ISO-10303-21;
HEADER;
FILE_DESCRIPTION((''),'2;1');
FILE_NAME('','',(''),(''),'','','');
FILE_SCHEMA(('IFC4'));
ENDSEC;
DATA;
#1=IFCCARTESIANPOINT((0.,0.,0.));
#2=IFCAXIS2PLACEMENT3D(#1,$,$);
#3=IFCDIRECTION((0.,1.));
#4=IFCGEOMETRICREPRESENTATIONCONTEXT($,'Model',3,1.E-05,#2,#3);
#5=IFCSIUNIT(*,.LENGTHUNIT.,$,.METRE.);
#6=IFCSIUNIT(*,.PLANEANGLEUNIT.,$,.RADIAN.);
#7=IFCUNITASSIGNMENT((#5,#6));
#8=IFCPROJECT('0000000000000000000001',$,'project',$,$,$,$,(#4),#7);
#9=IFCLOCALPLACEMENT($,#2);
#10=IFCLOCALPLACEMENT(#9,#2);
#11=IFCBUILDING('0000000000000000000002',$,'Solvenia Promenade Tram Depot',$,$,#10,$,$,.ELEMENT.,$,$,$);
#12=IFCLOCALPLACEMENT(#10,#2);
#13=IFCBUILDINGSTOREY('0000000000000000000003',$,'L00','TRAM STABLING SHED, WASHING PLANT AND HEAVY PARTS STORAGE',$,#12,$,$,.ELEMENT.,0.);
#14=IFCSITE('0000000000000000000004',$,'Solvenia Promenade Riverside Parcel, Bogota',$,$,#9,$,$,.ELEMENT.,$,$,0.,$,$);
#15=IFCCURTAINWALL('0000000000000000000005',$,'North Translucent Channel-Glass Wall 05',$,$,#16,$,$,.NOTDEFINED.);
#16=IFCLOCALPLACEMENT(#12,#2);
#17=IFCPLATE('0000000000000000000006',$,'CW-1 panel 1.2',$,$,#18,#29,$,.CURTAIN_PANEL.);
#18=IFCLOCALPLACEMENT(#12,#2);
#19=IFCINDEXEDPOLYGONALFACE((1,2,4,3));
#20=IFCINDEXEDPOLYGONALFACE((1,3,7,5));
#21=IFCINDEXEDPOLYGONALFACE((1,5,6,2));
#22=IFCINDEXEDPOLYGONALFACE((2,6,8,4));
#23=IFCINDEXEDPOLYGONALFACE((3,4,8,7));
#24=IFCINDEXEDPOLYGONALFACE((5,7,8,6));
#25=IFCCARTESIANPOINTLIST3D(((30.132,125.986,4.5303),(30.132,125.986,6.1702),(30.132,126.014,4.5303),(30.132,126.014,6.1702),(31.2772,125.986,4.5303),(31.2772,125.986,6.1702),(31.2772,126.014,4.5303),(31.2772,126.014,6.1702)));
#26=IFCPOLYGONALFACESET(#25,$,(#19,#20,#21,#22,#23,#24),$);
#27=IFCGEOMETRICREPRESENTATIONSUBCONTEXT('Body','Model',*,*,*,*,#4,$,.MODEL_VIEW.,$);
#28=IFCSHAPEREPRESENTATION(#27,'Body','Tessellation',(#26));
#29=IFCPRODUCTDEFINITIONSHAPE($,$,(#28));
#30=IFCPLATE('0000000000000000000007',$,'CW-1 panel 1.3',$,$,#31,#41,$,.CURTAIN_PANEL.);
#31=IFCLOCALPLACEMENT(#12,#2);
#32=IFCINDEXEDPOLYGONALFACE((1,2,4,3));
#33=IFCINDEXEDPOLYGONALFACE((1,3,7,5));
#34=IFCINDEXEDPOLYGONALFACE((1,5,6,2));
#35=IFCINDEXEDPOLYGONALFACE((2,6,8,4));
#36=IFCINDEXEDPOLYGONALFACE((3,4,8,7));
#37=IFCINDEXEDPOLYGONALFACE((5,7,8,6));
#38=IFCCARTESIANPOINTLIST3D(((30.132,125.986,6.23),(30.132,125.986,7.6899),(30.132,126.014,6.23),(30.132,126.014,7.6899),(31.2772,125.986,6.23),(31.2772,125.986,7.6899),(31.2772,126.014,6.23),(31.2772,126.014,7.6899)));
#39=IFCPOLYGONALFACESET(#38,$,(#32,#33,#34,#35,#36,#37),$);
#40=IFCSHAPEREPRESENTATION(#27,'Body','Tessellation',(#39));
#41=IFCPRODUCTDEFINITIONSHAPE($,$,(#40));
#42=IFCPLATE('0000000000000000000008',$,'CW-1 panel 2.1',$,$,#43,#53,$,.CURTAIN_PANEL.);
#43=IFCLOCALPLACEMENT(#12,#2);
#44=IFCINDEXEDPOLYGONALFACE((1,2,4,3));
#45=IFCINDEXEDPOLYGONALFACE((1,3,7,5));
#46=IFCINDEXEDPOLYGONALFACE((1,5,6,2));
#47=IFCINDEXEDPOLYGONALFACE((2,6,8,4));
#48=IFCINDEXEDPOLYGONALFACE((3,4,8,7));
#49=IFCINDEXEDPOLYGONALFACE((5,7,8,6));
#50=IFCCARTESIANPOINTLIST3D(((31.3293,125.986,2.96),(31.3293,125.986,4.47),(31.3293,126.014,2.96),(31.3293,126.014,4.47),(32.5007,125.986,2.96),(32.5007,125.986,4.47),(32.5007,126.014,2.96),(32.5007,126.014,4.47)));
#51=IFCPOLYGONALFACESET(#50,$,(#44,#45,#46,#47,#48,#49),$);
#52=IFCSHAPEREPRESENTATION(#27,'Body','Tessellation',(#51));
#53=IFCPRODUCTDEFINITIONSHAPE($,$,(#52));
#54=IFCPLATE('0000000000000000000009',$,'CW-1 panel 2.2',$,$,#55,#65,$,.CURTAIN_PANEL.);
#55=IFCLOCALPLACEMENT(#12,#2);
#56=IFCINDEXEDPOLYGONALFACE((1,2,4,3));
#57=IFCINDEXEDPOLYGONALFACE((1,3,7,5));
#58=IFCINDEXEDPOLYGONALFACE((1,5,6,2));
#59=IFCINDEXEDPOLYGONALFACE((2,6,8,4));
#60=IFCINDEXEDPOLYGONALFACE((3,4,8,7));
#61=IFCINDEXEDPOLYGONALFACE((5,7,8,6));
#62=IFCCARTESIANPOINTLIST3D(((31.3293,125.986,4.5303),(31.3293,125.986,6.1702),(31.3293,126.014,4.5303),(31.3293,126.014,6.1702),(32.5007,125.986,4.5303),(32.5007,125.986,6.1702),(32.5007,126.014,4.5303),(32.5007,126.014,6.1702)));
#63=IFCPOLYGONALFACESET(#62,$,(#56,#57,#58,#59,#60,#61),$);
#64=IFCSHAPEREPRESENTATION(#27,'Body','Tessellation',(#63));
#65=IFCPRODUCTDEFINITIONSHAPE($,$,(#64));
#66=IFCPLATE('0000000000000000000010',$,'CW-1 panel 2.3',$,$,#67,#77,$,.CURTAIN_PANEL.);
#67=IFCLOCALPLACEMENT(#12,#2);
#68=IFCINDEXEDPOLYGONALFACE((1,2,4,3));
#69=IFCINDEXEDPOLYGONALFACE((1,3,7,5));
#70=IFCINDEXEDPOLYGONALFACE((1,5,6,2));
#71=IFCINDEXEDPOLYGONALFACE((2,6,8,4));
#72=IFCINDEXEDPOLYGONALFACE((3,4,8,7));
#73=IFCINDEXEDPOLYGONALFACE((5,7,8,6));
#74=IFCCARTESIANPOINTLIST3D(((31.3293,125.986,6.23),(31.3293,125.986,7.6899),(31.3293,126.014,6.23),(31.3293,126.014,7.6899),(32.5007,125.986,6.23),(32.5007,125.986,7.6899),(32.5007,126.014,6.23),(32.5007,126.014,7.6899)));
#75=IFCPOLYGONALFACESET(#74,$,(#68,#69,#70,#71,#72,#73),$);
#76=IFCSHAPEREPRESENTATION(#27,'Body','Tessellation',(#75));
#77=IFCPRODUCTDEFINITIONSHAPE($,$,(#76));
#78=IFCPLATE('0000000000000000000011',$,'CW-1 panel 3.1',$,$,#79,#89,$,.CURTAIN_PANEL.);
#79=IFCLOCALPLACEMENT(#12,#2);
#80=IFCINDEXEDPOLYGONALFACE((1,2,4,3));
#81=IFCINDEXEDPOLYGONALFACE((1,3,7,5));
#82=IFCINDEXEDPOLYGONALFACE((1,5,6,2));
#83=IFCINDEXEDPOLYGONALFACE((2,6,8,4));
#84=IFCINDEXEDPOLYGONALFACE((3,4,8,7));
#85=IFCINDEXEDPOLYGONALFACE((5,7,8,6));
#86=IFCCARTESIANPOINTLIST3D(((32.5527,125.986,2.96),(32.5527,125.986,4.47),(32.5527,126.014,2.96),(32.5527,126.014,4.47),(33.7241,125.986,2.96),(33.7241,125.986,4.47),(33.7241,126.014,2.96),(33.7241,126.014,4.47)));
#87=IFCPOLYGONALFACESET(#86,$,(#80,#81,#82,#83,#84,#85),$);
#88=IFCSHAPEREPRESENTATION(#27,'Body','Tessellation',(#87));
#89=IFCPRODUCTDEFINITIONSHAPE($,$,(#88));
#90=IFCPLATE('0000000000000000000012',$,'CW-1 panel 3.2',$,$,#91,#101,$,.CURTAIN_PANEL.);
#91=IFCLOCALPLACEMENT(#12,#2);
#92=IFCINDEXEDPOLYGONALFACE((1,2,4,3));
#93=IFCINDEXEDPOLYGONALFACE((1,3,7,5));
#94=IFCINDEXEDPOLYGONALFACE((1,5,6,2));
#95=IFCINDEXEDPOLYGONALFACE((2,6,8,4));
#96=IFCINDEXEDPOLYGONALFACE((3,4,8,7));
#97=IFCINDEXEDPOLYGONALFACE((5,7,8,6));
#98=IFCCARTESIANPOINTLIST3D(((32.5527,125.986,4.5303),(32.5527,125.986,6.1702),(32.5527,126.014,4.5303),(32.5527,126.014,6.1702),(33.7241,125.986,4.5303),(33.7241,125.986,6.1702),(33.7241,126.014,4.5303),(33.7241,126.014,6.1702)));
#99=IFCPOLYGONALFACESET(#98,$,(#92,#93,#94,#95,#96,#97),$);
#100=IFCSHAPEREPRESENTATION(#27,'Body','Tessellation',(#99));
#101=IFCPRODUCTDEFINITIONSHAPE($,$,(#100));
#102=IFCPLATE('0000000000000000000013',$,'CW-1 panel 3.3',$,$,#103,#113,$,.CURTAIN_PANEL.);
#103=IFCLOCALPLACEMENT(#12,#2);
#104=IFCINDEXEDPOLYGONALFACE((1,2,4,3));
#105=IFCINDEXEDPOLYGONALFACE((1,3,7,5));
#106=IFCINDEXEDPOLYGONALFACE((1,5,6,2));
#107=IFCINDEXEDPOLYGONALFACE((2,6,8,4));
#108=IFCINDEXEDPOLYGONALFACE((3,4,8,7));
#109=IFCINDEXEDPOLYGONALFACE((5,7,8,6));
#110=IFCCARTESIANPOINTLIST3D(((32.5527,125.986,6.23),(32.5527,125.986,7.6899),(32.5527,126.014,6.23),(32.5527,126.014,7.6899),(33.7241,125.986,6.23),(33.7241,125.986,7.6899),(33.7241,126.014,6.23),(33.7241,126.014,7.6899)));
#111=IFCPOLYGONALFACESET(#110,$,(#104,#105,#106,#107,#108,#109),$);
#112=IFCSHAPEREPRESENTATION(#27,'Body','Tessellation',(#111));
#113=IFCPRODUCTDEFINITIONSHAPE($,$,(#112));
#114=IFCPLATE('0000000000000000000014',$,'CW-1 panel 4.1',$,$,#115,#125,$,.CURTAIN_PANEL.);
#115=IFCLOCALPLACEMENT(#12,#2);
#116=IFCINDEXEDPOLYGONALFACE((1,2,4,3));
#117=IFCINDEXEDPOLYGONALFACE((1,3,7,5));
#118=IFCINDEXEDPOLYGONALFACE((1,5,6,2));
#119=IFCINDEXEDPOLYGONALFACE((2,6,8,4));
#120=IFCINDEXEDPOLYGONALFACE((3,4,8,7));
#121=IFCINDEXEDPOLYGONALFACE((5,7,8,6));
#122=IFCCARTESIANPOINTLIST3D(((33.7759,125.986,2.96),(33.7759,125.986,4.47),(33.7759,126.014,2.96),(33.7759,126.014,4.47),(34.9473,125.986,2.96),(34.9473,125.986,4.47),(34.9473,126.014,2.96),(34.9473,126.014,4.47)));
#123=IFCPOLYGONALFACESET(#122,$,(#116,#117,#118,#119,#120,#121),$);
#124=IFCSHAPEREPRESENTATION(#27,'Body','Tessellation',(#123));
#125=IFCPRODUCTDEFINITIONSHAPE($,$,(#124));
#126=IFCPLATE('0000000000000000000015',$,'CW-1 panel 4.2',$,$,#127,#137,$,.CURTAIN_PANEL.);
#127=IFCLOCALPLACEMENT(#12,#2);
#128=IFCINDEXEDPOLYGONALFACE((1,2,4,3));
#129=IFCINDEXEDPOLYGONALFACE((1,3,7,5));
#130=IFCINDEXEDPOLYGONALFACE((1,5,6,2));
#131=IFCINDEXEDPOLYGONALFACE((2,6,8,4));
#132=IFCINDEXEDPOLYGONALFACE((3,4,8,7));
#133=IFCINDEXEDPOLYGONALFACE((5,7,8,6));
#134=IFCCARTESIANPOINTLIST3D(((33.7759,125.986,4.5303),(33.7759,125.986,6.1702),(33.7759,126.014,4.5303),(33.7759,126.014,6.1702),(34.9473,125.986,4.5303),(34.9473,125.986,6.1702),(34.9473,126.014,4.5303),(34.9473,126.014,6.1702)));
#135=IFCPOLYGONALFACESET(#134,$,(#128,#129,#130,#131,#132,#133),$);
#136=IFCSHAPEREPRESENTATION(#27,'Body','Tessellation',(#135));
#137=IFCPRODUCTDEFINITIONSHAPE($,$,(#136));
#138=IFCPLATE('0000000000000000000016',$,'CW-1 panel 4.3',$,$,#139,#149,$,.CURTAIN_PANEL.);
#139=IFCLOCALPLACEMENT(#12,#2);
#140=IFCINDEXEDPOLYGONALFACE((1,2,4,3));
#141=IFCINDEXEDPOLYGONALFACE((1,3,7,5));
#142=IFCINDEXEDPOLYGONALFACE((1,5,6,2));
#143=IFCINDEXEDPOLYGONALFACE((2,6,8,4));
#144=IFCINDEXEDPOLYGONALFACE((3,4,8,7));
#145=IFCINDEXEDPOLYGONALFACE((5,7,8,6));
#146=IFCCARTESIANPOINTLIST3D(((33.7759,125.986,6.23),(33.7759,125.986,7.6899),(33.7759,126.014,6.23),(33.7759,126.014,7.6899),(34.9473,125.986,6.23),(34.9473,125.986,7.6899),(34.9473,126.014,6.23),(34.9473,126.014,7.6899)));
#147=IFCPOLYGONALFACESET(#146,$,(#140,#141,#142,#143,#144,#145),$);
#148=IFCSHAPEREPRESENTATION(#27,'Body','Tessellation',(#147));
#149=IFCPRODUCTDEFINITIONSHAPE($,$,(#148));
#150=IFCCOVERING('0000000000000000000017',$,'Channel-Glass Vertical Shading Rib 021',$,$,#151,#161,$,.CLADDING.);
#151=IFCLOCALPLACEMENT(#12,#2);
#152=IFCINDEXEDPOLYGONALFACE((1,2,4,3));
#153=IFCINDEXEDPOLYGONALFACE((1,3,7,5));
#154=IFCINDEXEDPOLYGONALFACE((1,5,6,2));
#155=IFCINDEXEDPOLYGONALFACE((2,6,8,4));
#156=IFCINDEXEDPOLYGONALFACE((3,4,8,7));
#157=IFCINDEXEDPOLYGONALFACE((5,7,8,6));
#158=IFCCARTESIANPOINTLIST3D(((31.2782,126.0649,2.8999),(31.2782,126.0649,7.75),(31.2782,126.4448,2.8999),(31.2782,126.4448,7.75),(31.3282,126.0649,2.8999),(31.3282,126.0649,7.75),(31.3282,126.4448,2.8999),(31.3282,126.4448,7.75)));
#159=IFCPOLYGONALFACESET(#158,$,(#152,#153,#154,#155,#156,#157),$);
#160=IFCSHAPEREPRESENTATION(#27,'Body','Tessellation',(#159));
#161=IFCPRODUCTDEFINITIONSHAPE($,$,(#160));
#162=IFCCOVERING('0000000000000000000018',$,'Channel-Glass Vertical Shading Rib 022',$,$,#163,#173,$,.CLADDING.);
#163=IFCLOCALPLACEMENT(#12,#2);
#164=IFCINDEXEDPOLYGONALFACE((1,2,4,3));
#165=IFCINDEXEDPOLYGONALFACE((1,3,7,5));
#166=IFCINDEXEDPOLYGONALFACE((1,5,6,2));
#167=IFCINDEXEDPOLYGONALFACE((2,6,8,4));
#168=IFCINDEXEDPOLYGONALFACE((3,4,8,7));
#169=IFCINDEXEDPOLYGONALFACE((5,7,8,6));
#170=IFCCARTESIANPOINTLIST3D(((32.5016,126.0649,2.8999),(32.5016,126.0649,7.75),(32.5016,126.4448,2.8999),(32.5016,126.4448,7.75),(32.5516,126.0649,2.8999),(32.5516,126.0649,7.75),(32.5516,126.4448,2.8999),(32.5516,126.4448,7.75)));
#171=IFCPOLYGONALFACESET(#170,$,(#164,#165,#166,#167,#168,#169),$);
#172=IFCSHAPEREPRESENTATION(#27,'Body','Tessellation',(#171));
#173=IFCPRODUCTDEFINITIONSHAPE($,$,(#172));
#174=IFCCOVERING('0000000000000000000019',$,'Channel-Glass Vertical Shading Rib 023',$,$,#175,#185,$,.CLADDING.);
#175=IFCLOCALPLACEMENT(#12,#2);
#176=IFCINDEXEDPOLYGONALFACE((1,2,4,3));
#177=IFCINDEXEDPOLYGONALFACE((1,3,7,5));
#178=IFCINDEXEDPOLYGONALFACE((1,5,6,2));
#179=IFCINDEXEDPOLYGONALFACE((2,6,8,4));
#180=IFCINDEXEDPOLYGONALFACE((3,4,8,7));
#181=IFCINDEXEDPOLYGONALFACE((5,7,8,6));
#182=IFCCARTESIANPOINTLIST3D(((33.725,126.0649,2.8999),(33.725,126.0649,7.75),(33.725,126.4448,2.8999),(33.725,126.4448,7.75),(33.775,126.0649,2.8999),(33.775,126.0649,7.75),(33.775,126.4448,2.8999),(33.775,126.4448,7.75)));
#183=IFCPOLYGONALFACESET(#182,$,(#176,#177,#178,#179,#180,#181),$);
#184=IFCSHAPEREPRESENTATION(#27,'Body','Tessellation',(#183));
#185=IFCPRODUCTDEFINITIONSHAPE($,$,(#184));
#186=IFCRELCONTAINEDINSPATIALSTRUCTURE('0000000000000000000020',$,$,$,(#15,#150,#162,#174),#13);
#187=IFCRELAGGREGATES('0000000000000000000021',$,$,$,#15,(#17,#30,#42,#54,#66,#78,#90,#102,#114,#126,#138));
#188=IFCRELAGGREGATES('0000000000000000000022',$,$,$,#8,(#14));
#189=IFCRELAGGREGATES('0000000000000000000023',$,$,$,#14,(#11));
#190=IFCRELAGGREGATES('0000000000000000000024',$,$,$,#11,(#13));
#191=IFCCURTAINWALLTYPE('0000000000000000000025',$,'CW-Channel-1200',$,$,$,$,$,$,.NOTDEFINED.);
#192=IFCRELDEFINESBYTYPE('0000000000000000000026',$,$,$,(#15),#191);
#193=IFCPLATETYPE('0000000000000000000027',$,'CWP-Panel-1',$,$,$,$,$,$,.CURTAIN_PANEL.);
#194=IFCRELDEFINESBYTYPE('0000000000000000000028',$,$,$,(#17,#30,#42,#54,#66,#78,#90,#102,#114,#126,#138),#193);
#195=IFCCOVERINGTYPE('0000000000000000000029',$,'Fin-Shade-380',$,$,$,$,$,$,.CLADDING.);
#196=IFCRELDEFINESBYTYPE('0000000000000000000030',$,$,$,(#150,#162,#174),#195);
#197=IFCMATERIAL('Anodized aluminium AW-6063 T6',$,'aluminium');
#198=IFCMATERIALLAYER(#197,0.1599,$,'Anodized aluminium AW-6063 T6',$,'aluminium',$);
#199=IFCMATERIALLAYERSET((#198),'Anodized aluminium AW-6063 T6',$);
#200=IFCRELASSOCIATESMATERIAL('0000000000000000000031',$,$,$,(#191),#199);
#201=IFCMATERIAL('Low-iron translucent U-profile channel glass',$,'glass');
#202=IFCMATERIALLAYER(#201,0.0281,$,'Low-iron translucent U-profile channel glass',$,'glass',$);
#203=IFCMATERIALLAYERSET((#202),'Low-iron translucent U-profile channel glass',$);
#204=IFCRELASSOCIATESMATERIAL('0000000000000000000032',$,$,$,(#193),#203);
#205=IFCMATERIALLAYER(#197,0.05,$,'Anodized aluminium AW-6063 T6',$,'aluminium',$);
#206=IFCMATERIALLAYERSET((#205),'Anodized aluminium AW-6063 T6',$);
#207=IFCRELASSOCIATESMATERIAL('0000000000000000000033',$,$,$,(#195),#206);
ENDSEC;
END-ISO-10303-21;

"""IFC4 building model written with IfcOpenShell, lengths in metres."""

from ifc_helpers import new_model, si_unit, direction, frame, origin, origin_2d, place, context, subcontext, project, spatial, rectangle, extrude, material, layer, layer_set, type_object, element, aggregate, save


model = new_model("IFC4")

# Units and contexts
model_context = context("Model", 3, precision=1e-05, world=origin(), true_north=direction((0.0, 1.0)))
body_context = subcontext(model_context, "Body", "Model", "MODEL_VIEW")
ifc_project = project(units=[si_unit("LENGTHUNIT", "METRE"), si_unit("PLANEANGLEUNIT", "RADIAN")], contexts=[model_context])

# Site, building, storey
site_placement = place(None, origin())
site = spatial("IfcSite", under=ifc_project, at=site_placement, Name="Solvenia Promenade Riverside Parcel, Bogota", CompositionType="ELEMENT", RefElevation=0.0)
building_placement = place(site_placement, origin())
building = spatial("IfcBuilding", under=site, at=building_placement, Name="Solvenia Promenade Tram Depot", CompositionType="ELEMENT")
storey_placement = place(building_placement, origin())
storey = spatial("IfcBuildingStorey", under=building, at=storey_placement, Name="L00", Description="TRAM STABLING SHED, WASHING PLANT AND HEAVY PARTS STORAGE", CompositionType="ELEMENT", Elevation=0.0)

# Curtain wall, plates
ifc_material_1 = material(Name="Anodized aluminium AW-6063 T6", Category="aluminium")
ifc_layer_1 = layer(ifc_material_1, 0.1599, Name="Anodized aluminium AW-6063 T6", Category="aluminium")
ifc_layer_set_1 = layer_set([ifc_layer_1], Name="Anodized aluminium AW-6063 T6")
curtain_wall_type = type_object("IfcCurtainWallType", Name="CW-Channel-1200", PredefinedType="NOTDEFINED", material=ifc_layer_set_1)
curtain_wall_placement = place(storey_placement, origin())
curtain_wall = element("IfcCurtainWall", 1, at=curtain_wall_placement, inside=storey, type_object=curtain_wall_type, Name="North Translucent Channel-Glass Wall 05", PredefinedType="NOTDEFINED")
ifc_material_2 = material(Name="Low-iron translucent U-profile channel glass", Category="glass")
ifc_layer_2 = layer(ifc_material_2, 0.0281, Name="Low-iron translucent U-profile channel glass", Category="glass")
ifc_layer_set_2 = layer_set([ifc_layer_2], Name="Low-iron translucent U-profile channel glass")
plate_type = type_object("IfcPlateType", Name="CWP-Panel-1", PredefinedType="CURTAIN_PANEL", material=ifc_layer_set_2)
plate_1_placement = place(storey_placement, frame((30.7046, 126.0, 4.5303), z_axis=(0.0, 0.0, 1.0), x_axis=(1.0, 0.0, 0.0)))
plate_1 = element("IfcPlate", 2, at=plate_1_placement, type_object=plate_type, Name="CW-1 panel 1.2", PredefinedType="CURTAIN_PANEL", context=body_context, shape_type="SweptSolid", body=[
    extrude(rectangle(XDim=1.1453, YDim=0.0281, at=origin_2d()), origin(), (0.0, 0.0, 1.0), 1.6399),
])
plate_2_placement = place(storey_placement, frame((30.7046, 126.0, 6.23), z_axis=(0.0, 0.0, 1.0), x_axis=(1.0, 0.0, 0.0)))
plate_2 = element("IfcPlate", 3, at=plate_2_placement, type_object=plate_type, Name="CW-1 panel 1.3", PredefinedType="CURTAIN_PANEL", context=body_context, shape_type="SweptSolid", body=[
    extrude(rectangle(XDim=1.1453, YDim=0.0281, at=origin_2d()), origin(), (0.0, 0.0, 1.0), 1.46),
])
plate_3_placement = place(storey_placement, frame((31.915, 126.0, 2.96), z_axis=(0.0, 0.0, 1.0), x_axis=(1.0, 0.0, 0.0)))
plate_3 = element("IfcPlate", 4, at=plate_3_placement, type_object=plate_type, Name="CW-1 panel 2.1", PredefinedType="CURTAIN_PANEL", context=body_context, shape_type="SweptSolid", body=[
    extrude(rectangle(XDim=1.1714, YDim=0.0281, at=origin_2d()), origin(), (0.0, 0.0, 1.0), 1.51),
])
plate_4_placement = place(storey_placement, frame((31.915, 126.0, 4.5303), z_axis=(0.0, 0.0, 1.0), x_axis=(1.0, 0.0, 0.0)))
plate_4 = element("IfcPlate", 5, at=plate_4_placement, type_object=plate_type, Name="CW-1 panel 2.2", PredefinedType="CURTAIN_PANEL", context=body_context, shape_type="SweptSolid", body=[
    extrude(rectangle(XDim=1.1714, YDim=0.0281, at=origin_2d()), origin(), (0.0, 0.0, 1.0), 1.6399),
])
plate_5_placement = place(storey_placement, frame((31.915, 126.0, 6.23), z_axis=(0.0, 0.0, 1.0), x_axis=(1.0, 0.0, 0.0)))
plate_5 = element("IfcPlate", 6, at=plate_5_placement, type_object=plate_type, Name="CW-1 panel 2.3", PredefinedType="CURTAIN_PANEL", context=body_context, shape_type="SweptSolid", body=[
    extrude(rectangle(XDim=1.1714, YDim=0.0281, at=origin_2d()), origin(), (0.0, 0.0, 1.0), 1.46),
])
plate_6_placement = place(storey_placement, frame((33.1384, 126.0, 2.96), z_axis=(0.0, 0.0, 1.0), x_axis=(1.0, 0.0, 0.0)))
plate_6 = element("IfcPlate", 7, at=plate_6_placement, type_object=plate_type, Name="CW-1 panel 3.1", PredefinedType="CURTAIN_PANEL", context=body_context, shape_type="SweptSolid", body=[
    extrude(rectangle(XDim=1.1714, YDim=0.0281, at=origin_2d()), origin(), (0.0, 0.0, 1.0), 1.51),
])
plate_7_placement = place(storey_placement, frame((33.1384, 126.0, 4.5303), z_axis=(0.0, 0.0, 1.0), x_axis=(1.0, 0.0, 0.0)))
plate_7 = element("IfcPlate", 8, at=plate_7_placement, type_object=plate_type, Name="CW-1 panel 3.2", PredefinedType="CURTAIN_PANEL", context=body_context, shape_type="SweptSolid", body=[
    extrude(rectangle(XDim=1.1714, YDim=0.0281, at=origin_2d()), origin(), (0.0, 0.0, 1.0), 1.6399),
])
plate_8_placement = place(storey_placement, frame((33.1384, 126.0, 6.23), z_axis=(0.0, 0.0, 1.0), x_axis=(1.0, 0.0, 0.0)))
plate_8 = element("IfcPlate", 9, at=plate_8_placement, type_object=plate_type, Name="CW-1 panel 3.3", PredefinedType="CURTAIN_PANEL", context=body_context, shape_type="SweptSolid", body=[
    extrude(rectangle(XDim=1.1714, YDim=0.0281, at=origin_2d()), origin(), (0.0, 0.0, 1.0), 1.46),
])
plate_9_placement = place(storey_placement, frame((34.3616, 126.0, 2.96), z_axis=(0.0, 0.0, 1.0), x_axis=(1.0, 0.0, 0.0)))
plate_9 = element("IfcPlate", 10, at=plate_9_placement, type_object=plate_type, Name="CW-1 panel 4.1", PredefinedType="CURTAIN_PANEL", context=body_context, shape_type="SweptSolid", body=[
    extrude(rectangle(XDim=1.1714, YDim=0.0281, at=origin_2d()), origin(), (0.0, 0.0, 1.0), 1.51),
])
plate_10_placement = place(storey_placement, frame((34.3616, 126.0, 4.5303), z_axis=(0.0, 0.0, 1.0), x_axis=(1.0, 0.0, 0.0)))
plate_10 = element("IfcPlate", 11, at=plate_10_placement, type_object=plate_type, Name="CW-1 panel 4.2", PredefinedType="CURTAIN_PANEL", context=body_context, shape_type="SweptSolid", body=[
    extrude(rectangle(XDim=1.1714, YDim=0.0281, at=origin_2d()), origin(), (0.0, 0.0, 1.0), 1.6399),
])
plate_11_placement = place(storey_placement, frame((34.3616, 126.0, 6.23), z_axis=(0.0, 0.0, 1.0), x_axis=(1.0, 0.0, 0.0)))
plate_11 = element("IfcPlate", 12, at=plate_11_placement, type_object=plate_type, Name="CW-1 panel 4.3", PredefinedType="CURTAIN_PANEL", context=body_context, shape_type="SweptSolid", body=[
    extrude(rectangle(XDim=1.1714, YDim=0.0281, at=origin_2d()), origin(), (0.0, 0.0, 1.0), 1.46),
])
aggregate(curtain_wall, [plate_1, plate_2, plate_3, plate_4, plate_5, plate_6, plate_7, plate_8, plate_9, plate_10, plate_11])

# Coverings
ifc_layer_3 = layer(ifc_material_1, 0.05, Name="Anodized aluminium AW-6063 T6", Category="aluminium")
ifc_layer_set_3 = layer_set([ifc_layer_3], Name="Anodized aluminium AW-6063 T6")
covering_type = type_object("IfcCoveringType", Name="Fin-Shade-380", PredefinedType="CLADDING", material=ifc_layer_set_3)
for number, where, z_axis, x_axis, name in (
    (13, (31.3032, 126.2549, 2.8999), (0.0, 0.0, 1.0), (1.0, 0.0, 0.0), "Channel-Glass Vertical Shading Rib 021"),
    (14, (32.5266, 126.2549, 2.8999), (0.0, 0.0, 1.0), (1.0, 0.0, 0.0), "Channel-Glass Vertical Shading Rib 022"),
    (15, (33.75, 126.2549, 2.8999), (0.0, 0.0, 1.0), (1.0, 0.0, 0.0), "Channel-Glass Vertical Shading Rib 023"),
):
    element("IfcCovering", number, at=place(storey_placement, frame(where, z_axis=z_axis, x_axis=x_axis)), inside=storey, type_object=covering_type, Name=name, PredefinedType="CLADDING", context=body_context, shape_type="SweptSolid", body=[
        extrude(rectangle(XDim=0.05, YDim=0.3799, at=origin_2d()), origin(), (0.0, 0.0, 1.0), 4.8501),
    ])

save(model, "model.ifc")
